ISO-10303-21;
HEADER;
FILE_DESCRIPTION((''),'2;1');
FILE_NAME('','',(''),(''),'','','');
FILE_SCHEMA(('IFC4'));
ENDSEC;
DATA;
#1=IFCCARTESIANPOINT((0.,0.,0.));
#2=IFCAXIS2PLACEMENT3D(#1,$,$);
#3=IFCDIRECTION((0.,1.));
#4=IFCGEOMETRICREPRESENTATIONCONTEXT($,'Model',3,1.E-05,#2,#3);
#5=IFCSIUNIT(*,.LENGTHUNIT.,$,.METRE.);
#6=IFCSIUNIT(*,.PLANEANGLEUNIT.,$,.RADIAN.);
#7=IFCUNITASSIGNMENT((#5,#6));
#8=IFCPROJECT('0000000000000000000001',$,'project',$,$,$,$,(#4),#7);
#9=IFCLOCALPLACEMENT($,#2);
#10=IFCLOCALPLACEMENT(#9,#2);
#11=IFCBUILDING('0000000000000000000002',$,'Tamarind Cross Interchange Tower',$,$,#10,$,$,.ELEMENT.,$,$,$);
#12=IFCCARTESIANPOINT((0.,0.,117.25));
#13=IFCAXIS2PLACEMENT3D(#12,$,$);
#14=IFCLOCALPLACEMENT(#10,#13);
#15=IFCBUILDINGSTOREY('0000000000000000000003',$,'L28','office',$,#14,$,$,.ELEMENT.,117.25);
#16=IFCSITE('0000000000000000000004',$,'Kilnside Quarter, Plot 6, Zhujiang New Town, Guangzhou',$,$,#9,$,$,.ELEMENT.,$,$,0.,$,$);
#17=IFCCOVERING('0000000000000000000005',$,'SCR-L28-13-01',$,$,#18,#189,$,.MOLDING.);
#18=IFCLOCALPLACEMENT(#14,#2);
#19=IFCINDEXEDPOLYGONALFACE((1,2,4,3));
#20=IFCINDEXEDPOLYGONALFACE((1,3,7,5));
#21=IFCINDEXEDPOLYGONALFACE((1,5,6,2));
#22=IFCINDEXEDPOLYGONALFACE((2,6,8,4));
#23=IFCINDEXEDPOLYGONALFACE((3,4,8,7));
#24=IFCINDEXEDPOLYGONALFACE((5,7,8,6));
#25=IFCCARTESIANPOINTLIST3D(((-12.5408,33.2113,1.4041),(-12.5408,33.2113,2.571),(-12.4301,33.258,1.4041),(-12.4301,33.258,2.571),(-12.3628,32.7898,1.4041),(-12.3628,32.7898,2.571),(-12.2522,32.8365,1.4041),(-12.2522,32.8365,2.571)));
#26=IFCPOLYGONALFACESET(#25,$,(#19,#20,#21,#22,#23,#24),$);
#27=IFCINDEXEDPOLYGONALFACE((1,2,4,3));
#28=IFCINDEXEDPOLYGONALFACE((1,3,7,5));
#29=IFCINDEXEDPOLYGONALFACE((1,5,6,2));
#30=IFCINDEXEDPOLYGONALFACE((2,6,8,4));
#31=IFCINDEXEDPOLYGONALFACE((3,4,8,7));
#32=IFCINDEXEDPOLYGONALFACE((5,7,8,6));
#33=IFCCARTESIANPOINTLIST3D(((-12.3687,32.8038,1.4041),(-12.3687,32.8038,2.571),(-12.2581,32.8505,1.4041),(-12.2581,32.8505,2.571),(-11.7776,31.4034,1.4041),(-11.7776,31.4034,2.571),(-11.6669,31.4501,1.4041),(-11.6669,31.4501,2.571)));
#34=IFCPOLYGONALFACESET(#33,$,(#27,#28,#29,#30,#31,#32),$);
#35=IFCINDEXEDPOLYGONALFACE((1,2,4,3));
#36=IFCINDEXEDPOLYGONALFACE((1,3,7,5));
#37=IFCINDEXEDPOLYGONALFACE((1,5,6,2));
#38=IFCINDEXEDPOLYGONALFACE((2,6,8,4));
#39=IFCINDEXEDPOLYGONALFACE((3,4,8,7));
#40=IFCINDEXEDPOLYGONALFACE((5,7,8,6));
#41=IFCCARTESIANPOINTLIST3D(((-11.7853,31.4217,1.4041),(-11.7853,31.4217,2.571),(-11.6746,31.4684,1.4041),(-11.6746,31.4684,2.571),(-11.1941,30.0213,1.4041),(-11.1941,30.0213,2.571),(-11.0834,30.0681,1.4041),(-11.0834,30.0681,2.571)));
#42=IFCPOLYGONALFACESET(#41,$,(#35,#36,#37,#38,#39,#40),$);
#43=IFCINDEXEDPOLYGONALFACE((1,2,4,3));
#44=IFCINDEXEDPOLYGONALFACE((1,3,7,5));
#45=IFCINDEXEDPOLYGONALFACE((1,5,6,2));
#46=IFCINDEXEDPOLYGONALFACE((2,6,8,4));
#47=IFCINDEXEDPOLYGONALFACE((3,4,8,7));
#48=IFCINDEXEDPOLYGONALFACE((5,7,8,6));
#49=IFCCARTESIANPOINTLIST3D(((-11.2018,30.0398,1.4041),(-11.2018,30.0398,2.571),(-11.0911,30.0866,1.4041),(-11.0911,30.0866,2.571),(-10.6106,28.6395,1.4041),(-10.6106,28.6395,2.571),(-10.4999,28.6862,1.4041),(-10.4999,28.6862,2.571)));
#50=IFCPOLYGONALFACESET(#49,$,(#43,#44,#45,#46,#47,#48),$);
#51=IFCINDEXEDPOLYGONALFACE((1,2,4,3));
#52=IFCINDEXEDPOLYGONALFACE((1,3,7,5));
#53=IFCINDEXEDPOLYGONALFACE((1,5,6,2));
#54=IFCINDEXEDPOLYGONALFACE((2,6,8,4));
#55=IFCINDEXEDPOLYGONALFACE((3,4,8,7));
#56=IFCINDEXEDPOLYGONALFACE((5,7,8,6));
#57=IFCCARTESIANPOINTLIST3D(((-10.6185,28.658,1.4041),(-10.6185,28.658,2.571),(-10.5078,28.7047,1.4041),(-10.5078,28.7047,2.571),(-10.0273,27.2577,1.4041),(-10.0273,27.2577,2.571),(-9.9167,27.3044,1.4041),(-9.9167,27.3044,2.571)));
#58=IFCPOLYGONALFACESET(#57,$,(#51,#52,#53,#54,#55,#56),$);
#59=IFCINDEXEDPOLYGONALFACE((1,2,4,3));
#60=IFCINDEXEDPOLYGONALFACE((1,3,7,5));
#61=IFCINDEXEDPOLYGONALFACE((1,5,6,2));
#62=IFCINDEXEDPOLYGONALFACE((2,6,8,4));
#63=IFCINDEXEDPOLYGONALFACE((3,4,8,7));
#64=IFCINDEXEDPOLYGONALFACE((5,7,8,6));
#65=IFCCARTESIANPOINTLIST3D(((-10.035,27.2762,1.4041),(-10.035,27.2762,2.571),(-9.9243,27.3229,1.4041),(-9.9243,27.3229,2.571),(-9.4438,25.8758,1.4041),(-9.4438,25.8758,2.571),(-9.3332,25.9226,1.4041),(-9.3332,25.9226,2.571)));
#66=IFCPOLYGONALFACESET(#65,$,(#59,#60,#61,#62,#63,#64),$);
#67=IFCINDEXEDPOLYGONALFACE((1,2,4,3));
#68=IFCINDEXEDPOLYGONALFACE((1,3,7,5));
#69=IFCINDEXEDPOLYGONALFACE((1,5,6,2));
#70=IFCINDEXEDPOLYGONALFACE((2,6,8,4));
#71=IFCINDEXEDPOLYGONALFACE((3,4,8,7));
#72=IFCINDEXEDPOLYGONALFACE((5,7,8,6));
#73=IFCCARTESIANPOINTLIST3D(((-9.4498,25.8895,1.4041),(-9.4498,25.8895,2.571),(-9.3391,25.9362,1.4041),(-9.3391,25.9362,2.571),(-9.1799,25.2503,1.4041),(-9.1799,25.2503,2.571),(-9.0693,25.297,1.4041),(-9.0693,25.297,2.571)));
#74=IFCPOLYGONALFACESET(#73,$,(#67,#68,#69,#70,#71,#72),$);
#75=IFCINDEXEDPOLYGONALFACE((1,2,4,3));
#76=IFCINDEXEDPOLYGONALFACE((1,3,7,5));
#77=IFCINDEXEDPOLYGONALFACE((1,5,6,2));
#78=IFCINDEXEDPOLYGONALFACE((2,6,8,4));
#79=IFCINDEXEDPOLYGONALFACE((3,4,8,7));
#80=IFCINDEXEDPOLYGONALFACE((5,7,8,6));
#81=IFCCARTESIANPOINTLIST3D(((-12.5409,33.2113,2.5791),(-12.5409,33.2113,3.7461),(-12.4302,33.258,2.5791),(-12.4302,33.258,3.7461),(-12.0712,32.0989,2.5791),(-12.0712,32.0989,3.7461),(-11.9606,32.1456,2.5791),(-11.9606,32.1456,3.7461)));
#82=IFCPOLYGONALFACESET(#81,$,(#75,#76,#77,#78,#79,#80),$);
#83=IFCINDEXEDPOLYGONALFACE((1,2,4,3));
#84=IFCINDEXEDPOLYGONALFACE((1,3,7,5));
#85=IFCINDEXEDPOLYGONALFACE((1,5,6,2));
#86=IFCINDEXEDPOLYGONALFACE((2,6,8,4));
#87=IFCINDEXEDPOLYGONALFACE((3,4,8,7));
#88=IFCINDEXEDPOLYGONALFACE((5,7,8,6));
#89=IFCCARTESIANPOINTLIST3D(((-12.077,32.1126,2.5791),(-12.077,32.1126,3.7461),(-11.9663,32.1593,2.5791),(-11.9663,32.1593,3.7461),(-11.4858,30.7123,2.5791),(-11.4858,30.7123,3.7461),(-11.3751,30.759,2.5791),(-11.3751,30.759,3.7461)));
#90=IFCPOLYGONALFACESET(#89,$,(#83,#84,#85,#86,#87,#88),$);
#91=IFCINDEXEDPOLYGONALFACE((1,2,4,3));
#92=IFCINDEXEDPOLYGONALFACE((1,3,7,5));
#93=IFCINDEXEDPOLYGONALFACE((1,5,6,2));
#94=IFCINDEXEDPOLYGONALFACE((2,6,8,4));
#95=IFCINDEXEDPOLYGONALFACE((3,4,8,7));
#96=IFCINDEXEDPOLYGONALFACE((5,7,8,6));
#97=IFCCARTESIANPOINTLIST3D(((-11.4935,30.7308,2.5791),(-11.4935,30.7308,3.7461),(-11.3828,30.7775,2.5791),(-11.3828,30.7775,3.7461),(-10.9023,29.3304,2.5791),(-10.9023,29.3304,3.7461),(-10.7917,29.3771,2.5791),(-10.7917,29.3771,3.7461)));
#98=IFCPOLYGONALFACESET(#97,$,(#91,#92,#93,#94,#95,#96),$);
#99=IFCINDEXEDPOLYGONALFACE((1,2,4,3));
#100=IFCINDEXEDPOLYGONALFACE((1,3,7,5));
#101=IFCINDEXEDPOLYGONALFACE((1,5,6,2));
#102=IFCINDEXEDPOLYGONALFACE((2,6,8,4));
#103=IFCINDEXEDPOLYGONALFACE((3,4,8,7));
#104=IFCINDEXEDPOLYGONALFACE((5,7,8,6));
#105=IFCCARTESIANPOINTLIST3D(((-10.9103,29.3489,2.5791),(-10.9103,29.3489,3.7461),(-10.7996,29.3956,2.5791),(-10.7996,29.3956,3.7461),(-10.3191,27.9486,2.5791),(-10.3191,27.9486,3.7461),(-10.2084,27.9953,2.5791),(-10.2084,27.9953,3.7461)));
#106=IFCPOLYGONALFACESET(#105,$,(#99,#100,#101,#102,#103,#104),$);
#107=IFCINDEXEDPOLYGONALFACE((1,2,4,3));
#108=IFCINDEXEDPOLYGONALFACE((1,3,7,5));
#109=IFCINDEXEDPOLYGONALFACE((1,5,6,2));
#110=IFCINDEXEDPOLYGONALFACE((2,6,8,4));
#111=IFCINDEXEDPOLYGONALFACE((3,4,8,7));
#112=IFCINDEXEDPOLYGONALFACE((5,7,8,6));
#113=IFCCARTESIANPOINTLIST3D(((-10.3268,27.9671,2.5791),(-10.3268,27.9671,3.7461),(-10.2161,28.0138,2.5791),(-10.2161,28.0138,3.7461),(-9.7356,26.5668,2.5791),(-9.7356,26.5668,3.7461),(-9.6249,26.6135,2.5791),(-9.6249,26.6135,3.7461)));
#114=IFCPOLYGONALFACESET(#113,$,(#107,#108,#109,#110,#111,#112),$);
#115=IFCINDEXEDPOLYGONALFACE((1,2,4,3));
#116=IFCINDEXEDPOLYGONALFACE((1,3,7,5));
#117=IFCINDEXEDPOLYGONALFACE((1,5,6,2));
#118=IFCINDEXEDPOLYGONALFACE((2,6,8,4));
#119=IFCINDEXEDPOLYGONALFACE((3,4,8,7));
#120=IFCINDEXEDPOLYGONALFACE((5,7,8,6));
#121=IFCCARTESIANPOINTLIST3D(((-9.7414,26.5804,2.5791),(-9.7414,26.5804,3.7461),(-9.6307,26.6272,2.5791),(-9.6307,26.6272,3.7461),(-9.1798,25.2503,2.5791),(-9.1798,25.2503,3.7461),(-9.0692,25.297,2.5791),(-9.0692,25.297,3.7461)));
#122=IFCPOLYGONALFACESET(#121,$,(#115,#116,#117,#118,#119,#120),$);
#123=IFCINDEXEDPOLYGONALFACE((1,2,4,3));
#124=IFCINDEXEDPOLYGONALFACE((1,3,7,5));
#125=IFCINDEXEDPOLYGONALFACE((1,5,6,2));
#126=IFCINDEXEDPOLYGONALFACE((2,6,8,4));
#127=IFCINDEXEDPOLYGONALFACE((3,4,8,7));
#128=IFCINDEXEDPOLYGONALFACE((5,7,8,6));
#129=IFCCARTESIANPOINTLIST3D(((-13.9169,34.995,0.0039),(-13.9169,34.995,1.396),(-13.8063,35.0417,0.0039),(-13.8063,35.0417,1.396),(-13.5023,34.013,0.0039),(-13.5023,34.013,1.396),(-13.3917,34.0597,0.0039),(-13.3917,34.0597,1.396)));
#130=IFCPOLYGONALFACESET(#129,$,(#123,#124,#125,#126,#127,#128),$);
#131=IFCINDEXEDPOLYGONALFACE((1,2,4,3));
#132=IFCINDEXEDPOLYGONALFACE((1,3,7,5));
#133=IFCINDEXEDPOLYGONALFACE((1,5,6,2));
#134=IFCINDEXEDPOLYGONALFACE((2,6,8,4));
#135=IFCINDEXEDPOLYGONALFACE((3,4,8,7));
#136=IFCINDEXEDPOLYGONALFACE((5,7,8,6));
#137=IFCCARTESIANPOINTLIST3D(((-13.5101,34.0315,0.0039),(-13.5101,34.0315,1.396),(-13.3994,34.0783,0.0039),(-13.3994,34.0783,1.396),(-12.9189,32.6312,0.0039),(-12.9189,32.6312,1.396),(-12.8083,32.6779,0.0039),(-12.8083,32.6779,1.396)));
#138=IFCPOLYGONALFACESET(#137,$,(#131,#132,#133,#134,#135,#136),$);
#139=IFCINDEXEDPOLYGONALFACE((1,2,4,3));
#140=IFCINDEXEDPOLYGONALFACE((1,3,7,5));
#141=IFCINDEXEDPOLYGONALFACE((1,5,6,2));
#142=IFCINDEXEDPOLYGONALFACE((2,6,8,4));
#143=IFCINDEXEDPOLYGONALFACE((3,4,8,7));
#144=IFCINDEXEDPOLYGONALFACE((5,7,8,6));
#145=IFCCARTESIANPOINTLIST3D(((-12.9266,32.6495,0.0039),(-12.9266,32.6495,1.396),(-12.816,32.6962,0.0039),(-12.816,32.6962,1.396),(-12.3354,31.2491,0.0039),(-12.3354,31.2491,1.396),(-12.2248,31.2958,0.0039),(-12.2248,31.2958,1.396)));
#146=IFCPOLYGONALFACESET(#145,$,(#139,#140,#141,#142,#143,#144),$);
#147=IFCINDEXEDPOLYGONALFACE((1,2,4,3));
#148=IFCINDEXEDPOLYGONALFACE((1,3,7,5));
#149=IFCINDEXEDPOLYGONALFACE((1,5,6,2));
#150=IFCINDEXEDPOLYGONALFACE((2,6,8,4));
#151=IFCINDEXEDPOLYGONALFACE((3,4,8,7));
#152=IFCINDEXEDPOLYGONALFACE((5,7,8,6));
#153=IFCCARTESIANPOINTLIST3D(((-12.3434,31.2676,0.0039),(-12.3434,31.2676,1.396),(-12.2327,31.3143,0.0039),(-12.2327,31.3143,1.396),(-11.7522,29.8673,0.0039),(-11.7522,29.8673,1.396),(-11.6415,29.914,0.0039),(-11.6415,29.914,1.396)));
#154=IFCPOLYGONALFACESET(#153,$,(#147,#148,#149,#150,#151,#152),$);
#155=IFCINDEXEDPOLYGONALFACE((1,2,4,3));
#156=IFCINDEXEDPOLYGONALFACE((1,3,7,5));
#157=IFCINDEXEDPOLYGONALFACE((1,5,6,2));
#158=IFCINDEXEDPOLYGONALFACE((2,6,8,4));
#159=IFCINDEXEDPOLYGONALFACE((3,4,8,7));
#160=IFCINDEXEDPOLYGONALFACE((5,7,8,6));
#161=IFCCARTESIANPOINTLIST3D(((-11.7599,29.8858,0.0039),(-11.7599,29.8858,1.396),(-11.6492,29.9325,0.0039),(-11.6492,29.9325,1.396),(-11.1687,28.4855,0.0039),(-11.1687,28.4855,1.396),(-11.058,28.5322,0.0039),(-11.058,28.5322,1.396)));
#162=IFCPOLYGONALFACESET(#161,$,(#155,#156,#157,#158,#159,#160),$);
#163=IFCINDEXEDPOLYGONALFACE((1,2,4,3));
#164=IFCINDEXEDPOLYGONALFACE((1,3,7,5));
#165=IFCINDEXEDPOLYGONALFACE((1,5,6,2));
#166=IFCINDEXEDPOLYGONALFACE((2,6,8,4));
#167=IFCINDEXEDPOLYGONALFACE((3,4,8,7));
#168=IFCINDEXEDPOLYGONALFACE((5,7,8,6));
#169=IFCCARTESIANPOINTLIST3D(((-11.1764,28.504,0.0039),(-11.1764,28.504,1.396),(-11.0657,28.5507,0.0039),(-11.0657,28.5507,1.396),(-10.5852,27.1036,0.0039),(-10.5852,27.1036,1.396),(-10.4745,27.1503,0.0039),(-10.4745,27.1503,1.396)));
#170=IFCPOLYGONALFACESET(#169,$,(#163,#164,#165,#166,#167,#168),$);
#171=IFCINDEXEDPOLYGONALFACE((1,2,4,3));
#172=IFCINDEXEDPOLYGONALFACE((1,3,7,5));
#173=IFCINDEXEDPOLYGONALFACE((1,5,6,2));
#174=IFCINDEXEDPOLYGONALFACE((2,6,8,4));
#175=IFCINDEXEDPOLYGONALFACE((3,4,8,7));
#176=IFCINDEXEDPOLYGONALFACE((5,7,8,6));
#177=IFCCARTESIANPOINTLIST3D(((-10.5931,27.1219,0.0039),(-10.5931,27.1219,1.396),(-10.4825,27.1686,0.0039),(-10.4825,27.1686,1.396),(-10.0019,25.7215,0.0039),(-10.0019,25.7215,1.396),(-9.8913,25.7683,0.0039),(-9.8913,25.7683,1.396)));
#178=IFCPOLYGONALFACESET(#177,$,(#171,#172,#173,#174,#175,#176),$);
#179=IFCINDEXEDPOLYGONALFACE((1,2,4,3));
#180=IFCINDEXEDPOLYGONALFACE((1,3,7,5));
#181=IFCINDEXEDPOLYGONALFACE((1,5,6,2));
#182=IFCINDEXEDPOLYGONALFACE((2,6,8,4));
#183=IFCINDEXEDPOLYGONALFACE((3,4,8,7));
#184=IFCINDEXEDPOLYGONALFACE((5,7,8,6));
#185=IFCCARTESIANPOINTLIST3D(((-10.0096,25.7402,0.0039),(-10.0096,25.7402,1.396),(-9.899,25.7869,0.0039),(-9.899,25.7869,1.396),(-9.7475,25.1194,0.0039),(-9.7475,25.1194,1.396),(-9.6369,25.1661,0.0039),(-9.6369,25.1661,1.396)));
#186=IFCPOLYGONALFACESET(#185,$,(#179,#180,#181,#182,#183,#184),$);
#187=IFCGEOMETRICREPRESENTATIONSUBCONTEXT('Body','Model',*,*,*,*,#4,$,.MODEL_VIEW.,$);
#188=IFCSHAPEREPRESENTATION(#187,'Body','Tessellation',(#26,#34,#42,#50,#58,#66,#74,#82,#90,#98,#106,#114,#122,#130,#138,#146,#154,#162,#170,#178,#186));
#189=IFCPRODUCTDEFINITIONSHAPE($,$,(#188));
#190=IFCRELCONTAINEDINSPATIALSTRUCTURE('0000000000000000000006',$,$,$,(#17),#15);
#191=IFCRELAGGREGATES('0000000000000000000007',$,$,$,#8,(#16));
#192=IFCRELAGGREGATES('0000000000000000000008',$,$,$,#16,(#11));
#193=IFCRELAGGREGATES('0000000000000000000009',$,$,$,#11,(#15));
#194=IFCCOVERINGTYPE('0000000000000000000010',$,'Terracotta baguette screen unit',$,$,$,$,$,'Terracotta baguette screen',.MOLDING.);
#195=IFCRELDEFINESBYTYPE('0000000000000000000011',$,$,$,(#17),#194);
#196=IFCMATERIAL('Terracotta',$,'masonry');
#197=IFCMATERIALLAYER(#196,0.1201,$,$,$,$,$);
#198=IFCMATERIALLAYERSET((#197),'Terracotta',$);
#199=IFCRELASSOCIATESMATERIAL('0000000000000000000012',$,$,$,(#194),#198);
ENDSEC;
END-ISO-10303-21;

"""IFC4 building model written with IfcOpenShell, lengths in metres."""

from ifc_helpers import new_model, si_unit, direction, frame, origin, origin_2d, place, context, subcontext, project, spatial, rectangle, extrude, material, layer, layer_set, type_object, element, save


model = new_model("IFC4")

# Units and contexts
model_context = context("Model", 3, precision=1e-05, world=origin(), true_north=direction((0.0, 1.0)))
body_context = subcontext(model_context, "Body", "Model", "MODEL_VIEW")
ifc_project = project(units=[si_unit("LENGTHUNIT", "METRE"), si_unit("PLANEANGLEUNIT", "RADIAN")], contexts=[model_context])

# Site, building, storey
site_placement = place(None, origin())
site = spatial("IfcSite", under=ifc_project, at=site_placement, Name="Kilnside Quarter, Plot 6, Zhujiang New Town, Guangzhou", CompositionType="ELEMENT", RefElevation=0.0)
building_placement = place(site_placement, origin())
building = spatial("IfcBuilding", under=site, at=building_placement, Name="Tamarind Cross Interchange Tower", CompositionType="ELEMENT")
storey_placement = place(building_placement, frame((0.0, 0.0, 117.25)))
storey = spatial("IfcBuildingStorey", under=building, at=storey_placement, Name="L28", Description="office", CompositionType="ELEMENT", Elevation=117.25)

# Covering
ifc_material_1 = material(Name="Terracotta", Category="masonry")
ifc_layer_1 = layer(ifc_material_1, 0.1201)
ifc_layer_set_1 = layer_set([ifc_layer_1], Name="Terracotta")
covering_type = type_object("IfcCoveringType", Name="Terracotta baguette screen unit", ElementType="Terracotta baguette screen", PredefinedType="MOLDING", material=ifc_layer_set_1)
covering_1_placement = place(storey_placement, origin())
element("IfcCovering", 1, at=covering_1_placement, inside=storey, type_object=covering_type, Name="SCR-L28-13-01", PredefinedType="MOLDING", context=body_context, shape_type="SweptSolid", body=[
    extrude(rectangle(XDim=0.4575, YDim=0.1201, at=origin_2d()), frame((-12.3965, 33.0239, 1.4041), z_axis=(0.0, 0.0, 1.0), x_axis=(0.388939, -0.921264, 0.0)), (0.0, 0.0, 1.0), 1.167),
    extrude(rectangle(XDim=1.52, YDim=0.1201, at=origin_2d()), frame((-12.0178, 32.127, 1.4041), z_axis=(0.0, 0.0, 1.0), x_axis=(0.388939, -0.921264, 0.0)), (0.0, 0.0, 1.0), 1.167),
    extrude(rectangle(XDim=1.52, YDim=0.1201, at=origin_2d()), frame((-11.4343, 30.7449, 1.4041), z_axis=(0.0, 0.0, 1.0), x_axis=(0.388939, -0.921264, 0.0)), (0.0, 0.0, 1.0), 1.167),
    extrude(rectangle(XDim=1.52, YDim=0.1201, at=origin_2d()), frame((-10.8508, 29.363, 1.4041), z_axis=(0.0, 0.0, 1.0), x_axis=(0.388939, -0.921264, 0.0)), (0.0, 0.0, 1.0), 1.167),
    extrude(rectangle(XDim=1.52, YDim=0.1201, at=origin_2d()), frame((-10.2676, 27.9812, 1.4041), z_axis=(0.0, 0.0, 1.0), x_axis=(0.388939, -0.921264, 0.0)), (0.0, 0.0, 1.0), 1.167),
    extrude(rectangle(XDim=1.52, YDim=0.1201, at=origin_2d()), frame((-9.6841, 26.5994, 1.4041), z_axis=(0.0, 0.0, 1.0), x_axis=(0.388939, -0.921264, 0.0)), (0.0, 0.0, 1.0), 1.167),
    extrude(rectangle(XDim=0.6938, YDim=0.1201, at=origin_2d()), frame((-9.2595, 25.5933, 1.4041), z_axis=(0.0, 0.0, 1.0), x_axis=(0.388939, -0.921264, 0.0)), (0.0, 0.0, 1.0), 1.167),
    extrude(rectangle(XDim=1.2075, YDim=0.1201, at=origin_2d()), frame((-12.2507, 32.6785, 2.5791), z_axis=(0.0, 0.0, 1.0), x_axis=(0.388939, -0.921264, 0.0)), (0.0, 0.0, 1.0), 1.167),
    extrude(rectangle(XDim=1.52, YDim=0.1201, at=origin_2d()), frame((-11.7261, 31.4358, 2.5791), z_axis=(0.0, 0.0, 1.0), x_axis=(0.388939, -0.921264, 0.0)), (0.0, 0.0, 1.0), 1.167),
    extrude(rectangle(XDim=1.52, YDim=0.1201, at=origin_2d()), frame((-11.1426, 30.054, 2.5791), z_axis=(0.0, 0.0, 1.0), x_axis=(0.388939, -0.921264, 0.0)), (0.0, 0.0, 1.0), 1.167),
    extrude(rectangle(XDim=1.52, YDim=0.1201, at=origin_2d()), frame((-10.5593, 28.6721, 2.5791), z_axis=(0.0, 0.0, 1.0), x_axis=(0.388939, -0.921264, 0.0)), (0.0, 0.0, 1.0), 1.167),
    extrude(rectangle(XDim=1.52, YDim=0.1201, at=origin_2d()), frame((-9.9758, 27.2903, 2.5791), z_axis=(0.0, 0.0, 1.0), x_axis=(0.388939, -0.921264, 0.0)), (0.0, 0.0, 1.0), 1.167),
    extrude(rectangle(XDim=1.4438, YDim=0.1201, at=origin_2d()), frame((-9.4053, 25.9387, 2.5791), z_axis=(0.0, 0.0, 1.0), x_axis=(0.388939, -0.921264, 0.0)), (0.0, 0.0, 1.0), 1.167),
    extrude(rectangle(XDim=1.0659, YDim=0.1201, at=origin_2d()), frame((-13.6543, 34.5273, 0.0039), z_axis=(0.0, 0.0, 1.0), x_axis=(0.388939, -0.921264, 0.0)), (0.0, 0.0, 1.0), 1.3921),
    extrude(rectangle(XDim=1.52, YDim=0.1201, at=origin_2d()), frame((-13.1592, 33.3547, 0.0039), z_axis=(0.0, 0.0, 1.0), x_axis=(0.388939, -0.921264, 0.0)), (0.0, 0.0, 1.0), 1.3921),
    extrude(rectangle(XDim=1.52, YDim=0.1201, at=origin_2d()), frame((-12.5757, 31.9727, 0.0039), z_axis=(0.0, 0.0, 1.0), x_axis=(0.388939, -0.921264, 0.0)), (0.0, 0.0, 1.0), 1.3921),
    extrude(rectangle(XDim=1.52, YDim=0.1201, at=origin_2d()), frame((-11.9924, 30.5908, 0.0039), z_axis=(0.0, 0.0, 1.0), x_axis=(0.388939, -0.921264, 0.0)), (0.0, 0.0, 1.0), 1.3921),
    extrude(rectangle(XDim=1.52, YDim=0.1201, at=origin_2d()), frame((-11.4089, 29.209, 0.0039), z_axis=(0.0, 0.0, 1.0), x_axis=(0.388939, -0.921264, 0.0)), (0.0, 0.0, 1.0), 1.3921),
    extrude(rectangle(XDim=1.52, YDim=0.1201, at=origin_2d()), frame((-10.8254, 27.8271, 0.0039), z_axis=(0.0, 0.0, 1.0), x_axis=(0.388939, -0.921264, 0.0)), (0.0, 0.0, 1.0), 1.3921),
    extrude(rectangle(XDim=1.52, YDim=0.1201, at=origin_2d()), frame((-10.2422, 26.4451, 0.0039), z_axis=(0.0, 0.0, 1.0), x_axis=(0.388939, -0.921264, 0.0)), (0.0, 0.0, 1.0), 1.3921),
    extrude(rectangle(XDim=0.6738, YDim=0.1201, at=origin_2d()), frame((-9.8232, 25.4531, 0.0039), z_axis=(0.0, 0.0, 1.0), x_axis=(0.388939, -0.921264, 0.0)), (0.0, 0.0, 1.0), 1.3921),
])

save(model, "model.ifc")
